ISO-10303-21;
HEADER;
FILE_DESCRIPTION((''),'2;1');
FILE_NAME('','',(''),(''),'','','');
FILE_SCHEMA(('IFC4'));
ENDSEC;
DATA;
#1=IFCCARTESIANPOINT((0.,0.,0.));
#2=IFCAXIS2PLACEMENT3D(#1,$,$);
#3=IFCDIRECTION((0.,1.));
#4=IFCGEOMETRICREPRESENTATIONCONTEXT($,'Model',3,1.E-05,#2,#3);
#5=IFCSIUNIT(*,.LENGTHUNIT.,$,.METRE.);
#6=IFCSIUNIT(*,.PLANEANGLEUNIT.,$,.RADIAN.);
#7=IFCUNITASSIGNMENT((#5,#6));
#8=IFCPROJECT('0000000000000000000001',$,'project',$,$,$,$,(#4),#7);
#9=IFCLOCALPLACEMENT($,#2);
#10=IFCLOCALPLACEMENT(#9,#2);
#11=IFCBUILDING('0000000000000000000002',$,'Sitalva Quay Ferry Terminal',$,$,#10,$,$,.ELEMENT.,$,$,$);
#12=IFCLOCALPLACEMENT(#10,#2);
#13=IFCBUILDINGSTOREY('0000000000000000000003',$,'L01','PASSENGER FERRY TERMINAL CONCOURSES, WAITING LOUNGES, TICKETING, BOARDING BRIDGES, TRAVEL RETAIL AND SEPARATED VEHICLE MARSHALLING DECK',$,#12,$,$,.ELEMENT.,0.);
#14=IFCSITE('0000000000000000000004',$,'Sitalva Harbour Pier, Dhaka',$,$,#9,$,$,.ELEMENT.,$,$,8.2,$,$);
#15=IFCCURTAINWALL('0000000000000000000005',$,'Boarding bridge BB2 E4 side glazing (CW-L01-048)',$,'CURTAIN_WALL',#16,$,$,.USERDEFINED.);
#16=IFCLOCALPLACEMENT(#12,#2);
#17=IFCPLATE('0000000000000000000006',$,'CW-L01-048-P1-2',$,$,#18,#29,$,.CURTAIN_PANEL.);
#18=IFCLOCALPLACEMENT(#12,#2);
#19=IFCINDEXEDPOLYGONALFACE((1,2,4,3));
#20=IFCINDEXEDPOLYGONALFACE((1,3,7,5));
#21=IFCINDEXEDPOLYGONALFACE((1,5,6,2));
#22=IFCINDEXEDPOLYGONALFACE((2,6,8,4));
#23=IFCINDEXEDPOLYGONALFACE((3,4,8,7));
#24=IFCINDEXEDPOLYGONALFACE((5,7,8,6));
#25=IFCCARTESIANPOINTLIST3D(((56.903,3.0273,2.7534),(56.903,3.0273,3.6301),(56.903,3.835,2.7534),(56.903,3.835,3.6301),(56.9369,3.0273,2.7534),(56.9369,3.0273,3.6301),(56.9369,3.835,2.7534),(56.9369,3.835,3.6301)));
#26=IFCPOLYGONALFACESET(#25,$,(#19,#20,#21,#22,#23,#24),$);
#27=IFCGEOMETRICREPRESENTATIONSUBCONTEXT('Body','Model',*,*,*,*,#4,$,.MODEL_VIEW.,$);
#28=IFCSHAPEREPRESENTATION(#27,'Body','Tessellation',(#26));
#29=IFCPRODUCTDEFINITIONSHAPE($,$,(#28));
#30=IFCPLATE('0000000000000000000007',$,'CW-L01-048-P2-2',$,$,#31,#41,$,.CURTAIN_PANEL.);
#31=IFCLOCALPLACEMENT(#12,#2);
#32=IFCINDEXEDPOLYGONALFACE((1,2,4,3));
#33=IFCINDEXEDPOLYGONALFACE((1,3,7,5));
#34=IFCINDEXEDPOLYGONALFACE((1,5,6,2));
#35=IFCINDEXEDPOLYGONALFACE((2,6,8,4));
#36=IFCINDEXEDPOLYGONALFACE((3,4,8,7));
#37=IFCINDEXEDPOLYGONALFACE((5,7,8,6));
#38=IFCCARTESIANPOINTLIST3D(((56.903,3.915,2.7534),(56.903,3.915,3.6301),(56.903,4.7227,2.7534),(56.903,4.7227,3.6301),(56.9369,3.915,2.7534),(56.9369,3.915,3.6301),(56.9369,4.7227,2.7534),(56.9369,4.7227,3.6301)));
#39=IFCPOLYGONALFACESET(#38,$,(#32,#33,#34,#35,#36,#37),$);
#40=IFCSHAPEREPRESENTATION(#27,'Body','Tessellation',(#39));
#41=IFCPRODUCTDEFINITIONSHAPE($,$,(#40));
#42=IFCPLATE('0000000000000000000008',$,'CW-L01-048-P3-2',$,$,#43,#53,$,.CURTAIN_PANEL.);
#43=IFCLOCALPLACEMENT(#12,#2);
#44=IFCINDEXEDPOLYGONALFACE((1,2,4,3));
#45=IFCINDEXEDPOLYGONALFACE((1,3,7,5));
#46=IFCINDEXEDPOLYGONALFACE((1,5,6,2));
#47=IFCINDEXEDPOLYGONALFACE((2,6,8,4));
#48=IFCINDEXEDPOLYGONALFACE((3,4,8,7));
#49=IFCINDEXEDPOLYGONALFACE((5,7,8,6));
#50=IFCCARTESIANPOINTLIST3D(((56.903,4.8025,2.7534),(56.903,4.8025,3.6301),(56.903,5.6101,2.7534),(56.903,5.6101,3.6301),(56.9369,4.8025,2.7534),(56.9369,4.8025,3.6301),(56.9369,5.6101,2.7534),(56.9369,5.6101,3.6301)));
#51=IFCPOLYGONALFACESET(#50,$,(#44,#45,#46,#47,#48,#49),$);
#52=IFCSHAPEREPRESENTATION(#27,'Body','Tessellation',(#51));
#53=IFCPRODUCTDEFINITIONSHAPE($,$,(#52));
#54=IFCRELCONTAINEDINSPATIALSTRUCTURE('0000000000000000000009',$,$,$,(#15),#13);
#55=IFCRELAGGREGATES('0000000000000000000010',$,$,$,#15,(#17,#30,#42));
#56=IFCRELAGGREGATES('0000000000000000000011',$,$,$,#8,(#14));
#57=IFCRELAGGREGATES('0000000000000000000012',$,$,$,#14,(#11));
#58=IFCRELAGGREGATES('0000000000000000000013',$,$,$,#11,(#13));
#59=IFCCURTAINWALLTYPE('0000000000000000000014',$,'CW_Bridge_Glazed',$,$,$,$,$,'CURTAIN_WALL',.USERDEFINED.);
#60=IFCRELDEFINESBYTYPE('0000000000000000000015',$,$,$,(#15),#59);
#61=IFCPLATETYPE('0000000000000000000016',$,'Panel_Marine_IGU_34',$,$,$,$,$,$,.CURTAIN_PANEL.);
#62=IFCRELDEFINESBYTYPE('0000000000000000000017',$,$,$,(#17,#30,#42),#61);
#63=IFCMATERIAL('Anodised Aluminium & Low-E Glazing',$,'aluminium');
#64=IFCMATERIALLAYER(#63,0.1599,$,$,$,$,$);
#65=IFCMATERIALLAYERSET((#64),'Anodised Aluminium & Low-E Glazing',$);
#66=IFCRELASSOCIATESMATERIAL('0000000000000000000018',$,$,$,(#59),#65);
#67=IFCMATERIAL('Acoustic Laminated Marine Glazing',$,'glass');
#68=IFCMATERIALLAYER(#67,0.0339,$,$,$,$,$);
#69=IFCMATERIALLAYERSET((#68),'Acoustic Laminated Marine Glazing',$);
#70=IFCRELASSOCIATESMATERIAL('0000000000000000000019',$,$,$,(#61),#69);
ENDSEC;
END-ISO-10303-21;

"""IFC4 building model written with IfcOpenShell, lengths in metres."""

from ifc_helpers import new_model, si_unit, direction, frame, origin, origin_2d, place, context, subcontext, project, spatial, rectangle, extrude, material, layer, layer_set, type_object, element, aggregate, save


model = new_model("IFC4")

# Units and contexts
model_context = context("Model", 3, precision=1e-05, world=origin(), true_north=direction((0.0, 1.0)))
body_context = subcontext(model_context, "Body", "Model", "MODEL_VIEW")
ifc_project = project(units=[si_unit("LENGTHUNIT", "METRE"), si_unit("PLANEANGLEUNIT", "RADIAN")], contexts=[model_context])

# Site, building, storey
site_placement = place(None, origin())
site = spatial("IfcSite", under=ifc_project, at=site_placement, Name="Sitalva Harbour Pier, Dhaka", CompositionType="ELEMENT", RefElevation=8.2)
building_placement = place(site_placement, origin())
building = spatial("IfcBuilding", under=site, at=building_placement, Name="Sitalva Quay Ferry Terminal", CompositionType="ELEMENT")
storey_placement = place(building_placement, origin())
storey = spatial("IfcBuildingStorey", under=building, at=storey_placement, Name="L01", Description="PASSENGER FERRY TERMINAL CONCOURSES, WAITING LOUNGES, TICKETING, BOARDING BRIDGES, TRAVEL RETAIL AND SEPARATED VEHICLE MARSHALLING DECK", CompositionType="ELEMENT", Elevation=0.0)

# Curtain wall
ifc_material_1 = material(Name="Anodised Aluminium & Low-E Glazing", Category="aluminium")
ifc_layer_1 = layer(ifc_material_1, 0.1599)
ifc_layer_set_1 = layer_set([ifc_layer_1], Name="Anodised Aluminium & Low-E Glazing")
curtain_wall_type_1 = type_object("IfcCurtainWallType", Name="CW_Bridge_Glazed", ElementType="CURTAIN_WALL", PredefinedType="USERDEFINED", material=ifc_layer_set_1)
curtain_wall_1_placement = place(storey_placement, origin())
curtain_wall_1 = element("IfcCurtainWall", 1, at=curtain_wall_1_placement, inside=storey, type_object=curtain_wall_type_1, Name="Boarding bridge BB2 E4 side glazing (CW-L01-048)", ObjectType="CURTAIN_WALL", PredefinedType="USERDEFINED")

# Plates
ifc_material_2 = material(Name="Acoustic Laminated Marine Glazing", Category="glass")
ifc_layer_2 = layer(ifc_material_2, 0.0339)
ifc_layer_set_2 = layer_set([ifc_layer_2], Name="Acoustic Laminated Marine Glazing")
plate_type_1 = type_object("IfcPlateType", Name="Panel_Marine_IGU_34", PredefinedType="CURTAIN_PANEL", material=ifc_layer_set_2)
plate_1_placement = place(storey_placement, frame((56.9199, 3.4312, 2.7534), z_axis=(0.0, 0.0, 1.0), x_axis=(0.0, 1.0, 0.0)))
plate_1 = element("IfcPlate", 2, at=plate_1_placement, type_object=plate_type_1, Name="CW-L01-048-P1-2", PredefinedType="CURTAIN_PANEL", context=body_context, shape_type="SweptSolid", body=[
    extrude(rectangle(XDim=0.8076, YDim=0.0339, at=origin_2d()), origin(), (0.0, 0.0, 1.0), 0.8767),
])
plate_2_placement = place(storey_placement, frame((56.9199, 4.3188, 2.7534), z_axis=(0.0, 0.0, 1.0), x_axis=(0.0, 1.0, 0.0)))
plate_2 = element("IfcPlate", 3, at=plate_2_placement, type_object=plate_type_1, Name="CW-L01-048-P2-2", PredefinedType="CURTAIN_PANEL", context=body_context, shape_type="SweptSolid", body=[
    extrude(rectangle(XDim=0.8076, YDim=0.0339, at=origin_2d()), origin(), (0.0, 0.0, 1.0), 0.8767),
])
plate_3_placement = place(storey_placement, frame((56.9199, 5.2063, 2.7534), z_axis=(0.0, 0.0, 1.0), x_axis=(0.0, 1.0, 0.0)))
plate_3 = element("IfcPlate", 4, at=plate_3_placement, type_object=plate_type_1, Name="CW-L01-048-P3-2", PredefinedType="CURTAIN_PANEL", context=body_context, shape_type="SweptSolid", body=[
    extrude(rectangle(XDim=0.8076, YDim=0.0339, at=origin_2d()), origin(), (0.0, 0.0, 1.0), 0.8767),
])
aggregate(curtain_wall_1, [plate_1, plate_2, plate_3])

save(model, "model.ifc")
